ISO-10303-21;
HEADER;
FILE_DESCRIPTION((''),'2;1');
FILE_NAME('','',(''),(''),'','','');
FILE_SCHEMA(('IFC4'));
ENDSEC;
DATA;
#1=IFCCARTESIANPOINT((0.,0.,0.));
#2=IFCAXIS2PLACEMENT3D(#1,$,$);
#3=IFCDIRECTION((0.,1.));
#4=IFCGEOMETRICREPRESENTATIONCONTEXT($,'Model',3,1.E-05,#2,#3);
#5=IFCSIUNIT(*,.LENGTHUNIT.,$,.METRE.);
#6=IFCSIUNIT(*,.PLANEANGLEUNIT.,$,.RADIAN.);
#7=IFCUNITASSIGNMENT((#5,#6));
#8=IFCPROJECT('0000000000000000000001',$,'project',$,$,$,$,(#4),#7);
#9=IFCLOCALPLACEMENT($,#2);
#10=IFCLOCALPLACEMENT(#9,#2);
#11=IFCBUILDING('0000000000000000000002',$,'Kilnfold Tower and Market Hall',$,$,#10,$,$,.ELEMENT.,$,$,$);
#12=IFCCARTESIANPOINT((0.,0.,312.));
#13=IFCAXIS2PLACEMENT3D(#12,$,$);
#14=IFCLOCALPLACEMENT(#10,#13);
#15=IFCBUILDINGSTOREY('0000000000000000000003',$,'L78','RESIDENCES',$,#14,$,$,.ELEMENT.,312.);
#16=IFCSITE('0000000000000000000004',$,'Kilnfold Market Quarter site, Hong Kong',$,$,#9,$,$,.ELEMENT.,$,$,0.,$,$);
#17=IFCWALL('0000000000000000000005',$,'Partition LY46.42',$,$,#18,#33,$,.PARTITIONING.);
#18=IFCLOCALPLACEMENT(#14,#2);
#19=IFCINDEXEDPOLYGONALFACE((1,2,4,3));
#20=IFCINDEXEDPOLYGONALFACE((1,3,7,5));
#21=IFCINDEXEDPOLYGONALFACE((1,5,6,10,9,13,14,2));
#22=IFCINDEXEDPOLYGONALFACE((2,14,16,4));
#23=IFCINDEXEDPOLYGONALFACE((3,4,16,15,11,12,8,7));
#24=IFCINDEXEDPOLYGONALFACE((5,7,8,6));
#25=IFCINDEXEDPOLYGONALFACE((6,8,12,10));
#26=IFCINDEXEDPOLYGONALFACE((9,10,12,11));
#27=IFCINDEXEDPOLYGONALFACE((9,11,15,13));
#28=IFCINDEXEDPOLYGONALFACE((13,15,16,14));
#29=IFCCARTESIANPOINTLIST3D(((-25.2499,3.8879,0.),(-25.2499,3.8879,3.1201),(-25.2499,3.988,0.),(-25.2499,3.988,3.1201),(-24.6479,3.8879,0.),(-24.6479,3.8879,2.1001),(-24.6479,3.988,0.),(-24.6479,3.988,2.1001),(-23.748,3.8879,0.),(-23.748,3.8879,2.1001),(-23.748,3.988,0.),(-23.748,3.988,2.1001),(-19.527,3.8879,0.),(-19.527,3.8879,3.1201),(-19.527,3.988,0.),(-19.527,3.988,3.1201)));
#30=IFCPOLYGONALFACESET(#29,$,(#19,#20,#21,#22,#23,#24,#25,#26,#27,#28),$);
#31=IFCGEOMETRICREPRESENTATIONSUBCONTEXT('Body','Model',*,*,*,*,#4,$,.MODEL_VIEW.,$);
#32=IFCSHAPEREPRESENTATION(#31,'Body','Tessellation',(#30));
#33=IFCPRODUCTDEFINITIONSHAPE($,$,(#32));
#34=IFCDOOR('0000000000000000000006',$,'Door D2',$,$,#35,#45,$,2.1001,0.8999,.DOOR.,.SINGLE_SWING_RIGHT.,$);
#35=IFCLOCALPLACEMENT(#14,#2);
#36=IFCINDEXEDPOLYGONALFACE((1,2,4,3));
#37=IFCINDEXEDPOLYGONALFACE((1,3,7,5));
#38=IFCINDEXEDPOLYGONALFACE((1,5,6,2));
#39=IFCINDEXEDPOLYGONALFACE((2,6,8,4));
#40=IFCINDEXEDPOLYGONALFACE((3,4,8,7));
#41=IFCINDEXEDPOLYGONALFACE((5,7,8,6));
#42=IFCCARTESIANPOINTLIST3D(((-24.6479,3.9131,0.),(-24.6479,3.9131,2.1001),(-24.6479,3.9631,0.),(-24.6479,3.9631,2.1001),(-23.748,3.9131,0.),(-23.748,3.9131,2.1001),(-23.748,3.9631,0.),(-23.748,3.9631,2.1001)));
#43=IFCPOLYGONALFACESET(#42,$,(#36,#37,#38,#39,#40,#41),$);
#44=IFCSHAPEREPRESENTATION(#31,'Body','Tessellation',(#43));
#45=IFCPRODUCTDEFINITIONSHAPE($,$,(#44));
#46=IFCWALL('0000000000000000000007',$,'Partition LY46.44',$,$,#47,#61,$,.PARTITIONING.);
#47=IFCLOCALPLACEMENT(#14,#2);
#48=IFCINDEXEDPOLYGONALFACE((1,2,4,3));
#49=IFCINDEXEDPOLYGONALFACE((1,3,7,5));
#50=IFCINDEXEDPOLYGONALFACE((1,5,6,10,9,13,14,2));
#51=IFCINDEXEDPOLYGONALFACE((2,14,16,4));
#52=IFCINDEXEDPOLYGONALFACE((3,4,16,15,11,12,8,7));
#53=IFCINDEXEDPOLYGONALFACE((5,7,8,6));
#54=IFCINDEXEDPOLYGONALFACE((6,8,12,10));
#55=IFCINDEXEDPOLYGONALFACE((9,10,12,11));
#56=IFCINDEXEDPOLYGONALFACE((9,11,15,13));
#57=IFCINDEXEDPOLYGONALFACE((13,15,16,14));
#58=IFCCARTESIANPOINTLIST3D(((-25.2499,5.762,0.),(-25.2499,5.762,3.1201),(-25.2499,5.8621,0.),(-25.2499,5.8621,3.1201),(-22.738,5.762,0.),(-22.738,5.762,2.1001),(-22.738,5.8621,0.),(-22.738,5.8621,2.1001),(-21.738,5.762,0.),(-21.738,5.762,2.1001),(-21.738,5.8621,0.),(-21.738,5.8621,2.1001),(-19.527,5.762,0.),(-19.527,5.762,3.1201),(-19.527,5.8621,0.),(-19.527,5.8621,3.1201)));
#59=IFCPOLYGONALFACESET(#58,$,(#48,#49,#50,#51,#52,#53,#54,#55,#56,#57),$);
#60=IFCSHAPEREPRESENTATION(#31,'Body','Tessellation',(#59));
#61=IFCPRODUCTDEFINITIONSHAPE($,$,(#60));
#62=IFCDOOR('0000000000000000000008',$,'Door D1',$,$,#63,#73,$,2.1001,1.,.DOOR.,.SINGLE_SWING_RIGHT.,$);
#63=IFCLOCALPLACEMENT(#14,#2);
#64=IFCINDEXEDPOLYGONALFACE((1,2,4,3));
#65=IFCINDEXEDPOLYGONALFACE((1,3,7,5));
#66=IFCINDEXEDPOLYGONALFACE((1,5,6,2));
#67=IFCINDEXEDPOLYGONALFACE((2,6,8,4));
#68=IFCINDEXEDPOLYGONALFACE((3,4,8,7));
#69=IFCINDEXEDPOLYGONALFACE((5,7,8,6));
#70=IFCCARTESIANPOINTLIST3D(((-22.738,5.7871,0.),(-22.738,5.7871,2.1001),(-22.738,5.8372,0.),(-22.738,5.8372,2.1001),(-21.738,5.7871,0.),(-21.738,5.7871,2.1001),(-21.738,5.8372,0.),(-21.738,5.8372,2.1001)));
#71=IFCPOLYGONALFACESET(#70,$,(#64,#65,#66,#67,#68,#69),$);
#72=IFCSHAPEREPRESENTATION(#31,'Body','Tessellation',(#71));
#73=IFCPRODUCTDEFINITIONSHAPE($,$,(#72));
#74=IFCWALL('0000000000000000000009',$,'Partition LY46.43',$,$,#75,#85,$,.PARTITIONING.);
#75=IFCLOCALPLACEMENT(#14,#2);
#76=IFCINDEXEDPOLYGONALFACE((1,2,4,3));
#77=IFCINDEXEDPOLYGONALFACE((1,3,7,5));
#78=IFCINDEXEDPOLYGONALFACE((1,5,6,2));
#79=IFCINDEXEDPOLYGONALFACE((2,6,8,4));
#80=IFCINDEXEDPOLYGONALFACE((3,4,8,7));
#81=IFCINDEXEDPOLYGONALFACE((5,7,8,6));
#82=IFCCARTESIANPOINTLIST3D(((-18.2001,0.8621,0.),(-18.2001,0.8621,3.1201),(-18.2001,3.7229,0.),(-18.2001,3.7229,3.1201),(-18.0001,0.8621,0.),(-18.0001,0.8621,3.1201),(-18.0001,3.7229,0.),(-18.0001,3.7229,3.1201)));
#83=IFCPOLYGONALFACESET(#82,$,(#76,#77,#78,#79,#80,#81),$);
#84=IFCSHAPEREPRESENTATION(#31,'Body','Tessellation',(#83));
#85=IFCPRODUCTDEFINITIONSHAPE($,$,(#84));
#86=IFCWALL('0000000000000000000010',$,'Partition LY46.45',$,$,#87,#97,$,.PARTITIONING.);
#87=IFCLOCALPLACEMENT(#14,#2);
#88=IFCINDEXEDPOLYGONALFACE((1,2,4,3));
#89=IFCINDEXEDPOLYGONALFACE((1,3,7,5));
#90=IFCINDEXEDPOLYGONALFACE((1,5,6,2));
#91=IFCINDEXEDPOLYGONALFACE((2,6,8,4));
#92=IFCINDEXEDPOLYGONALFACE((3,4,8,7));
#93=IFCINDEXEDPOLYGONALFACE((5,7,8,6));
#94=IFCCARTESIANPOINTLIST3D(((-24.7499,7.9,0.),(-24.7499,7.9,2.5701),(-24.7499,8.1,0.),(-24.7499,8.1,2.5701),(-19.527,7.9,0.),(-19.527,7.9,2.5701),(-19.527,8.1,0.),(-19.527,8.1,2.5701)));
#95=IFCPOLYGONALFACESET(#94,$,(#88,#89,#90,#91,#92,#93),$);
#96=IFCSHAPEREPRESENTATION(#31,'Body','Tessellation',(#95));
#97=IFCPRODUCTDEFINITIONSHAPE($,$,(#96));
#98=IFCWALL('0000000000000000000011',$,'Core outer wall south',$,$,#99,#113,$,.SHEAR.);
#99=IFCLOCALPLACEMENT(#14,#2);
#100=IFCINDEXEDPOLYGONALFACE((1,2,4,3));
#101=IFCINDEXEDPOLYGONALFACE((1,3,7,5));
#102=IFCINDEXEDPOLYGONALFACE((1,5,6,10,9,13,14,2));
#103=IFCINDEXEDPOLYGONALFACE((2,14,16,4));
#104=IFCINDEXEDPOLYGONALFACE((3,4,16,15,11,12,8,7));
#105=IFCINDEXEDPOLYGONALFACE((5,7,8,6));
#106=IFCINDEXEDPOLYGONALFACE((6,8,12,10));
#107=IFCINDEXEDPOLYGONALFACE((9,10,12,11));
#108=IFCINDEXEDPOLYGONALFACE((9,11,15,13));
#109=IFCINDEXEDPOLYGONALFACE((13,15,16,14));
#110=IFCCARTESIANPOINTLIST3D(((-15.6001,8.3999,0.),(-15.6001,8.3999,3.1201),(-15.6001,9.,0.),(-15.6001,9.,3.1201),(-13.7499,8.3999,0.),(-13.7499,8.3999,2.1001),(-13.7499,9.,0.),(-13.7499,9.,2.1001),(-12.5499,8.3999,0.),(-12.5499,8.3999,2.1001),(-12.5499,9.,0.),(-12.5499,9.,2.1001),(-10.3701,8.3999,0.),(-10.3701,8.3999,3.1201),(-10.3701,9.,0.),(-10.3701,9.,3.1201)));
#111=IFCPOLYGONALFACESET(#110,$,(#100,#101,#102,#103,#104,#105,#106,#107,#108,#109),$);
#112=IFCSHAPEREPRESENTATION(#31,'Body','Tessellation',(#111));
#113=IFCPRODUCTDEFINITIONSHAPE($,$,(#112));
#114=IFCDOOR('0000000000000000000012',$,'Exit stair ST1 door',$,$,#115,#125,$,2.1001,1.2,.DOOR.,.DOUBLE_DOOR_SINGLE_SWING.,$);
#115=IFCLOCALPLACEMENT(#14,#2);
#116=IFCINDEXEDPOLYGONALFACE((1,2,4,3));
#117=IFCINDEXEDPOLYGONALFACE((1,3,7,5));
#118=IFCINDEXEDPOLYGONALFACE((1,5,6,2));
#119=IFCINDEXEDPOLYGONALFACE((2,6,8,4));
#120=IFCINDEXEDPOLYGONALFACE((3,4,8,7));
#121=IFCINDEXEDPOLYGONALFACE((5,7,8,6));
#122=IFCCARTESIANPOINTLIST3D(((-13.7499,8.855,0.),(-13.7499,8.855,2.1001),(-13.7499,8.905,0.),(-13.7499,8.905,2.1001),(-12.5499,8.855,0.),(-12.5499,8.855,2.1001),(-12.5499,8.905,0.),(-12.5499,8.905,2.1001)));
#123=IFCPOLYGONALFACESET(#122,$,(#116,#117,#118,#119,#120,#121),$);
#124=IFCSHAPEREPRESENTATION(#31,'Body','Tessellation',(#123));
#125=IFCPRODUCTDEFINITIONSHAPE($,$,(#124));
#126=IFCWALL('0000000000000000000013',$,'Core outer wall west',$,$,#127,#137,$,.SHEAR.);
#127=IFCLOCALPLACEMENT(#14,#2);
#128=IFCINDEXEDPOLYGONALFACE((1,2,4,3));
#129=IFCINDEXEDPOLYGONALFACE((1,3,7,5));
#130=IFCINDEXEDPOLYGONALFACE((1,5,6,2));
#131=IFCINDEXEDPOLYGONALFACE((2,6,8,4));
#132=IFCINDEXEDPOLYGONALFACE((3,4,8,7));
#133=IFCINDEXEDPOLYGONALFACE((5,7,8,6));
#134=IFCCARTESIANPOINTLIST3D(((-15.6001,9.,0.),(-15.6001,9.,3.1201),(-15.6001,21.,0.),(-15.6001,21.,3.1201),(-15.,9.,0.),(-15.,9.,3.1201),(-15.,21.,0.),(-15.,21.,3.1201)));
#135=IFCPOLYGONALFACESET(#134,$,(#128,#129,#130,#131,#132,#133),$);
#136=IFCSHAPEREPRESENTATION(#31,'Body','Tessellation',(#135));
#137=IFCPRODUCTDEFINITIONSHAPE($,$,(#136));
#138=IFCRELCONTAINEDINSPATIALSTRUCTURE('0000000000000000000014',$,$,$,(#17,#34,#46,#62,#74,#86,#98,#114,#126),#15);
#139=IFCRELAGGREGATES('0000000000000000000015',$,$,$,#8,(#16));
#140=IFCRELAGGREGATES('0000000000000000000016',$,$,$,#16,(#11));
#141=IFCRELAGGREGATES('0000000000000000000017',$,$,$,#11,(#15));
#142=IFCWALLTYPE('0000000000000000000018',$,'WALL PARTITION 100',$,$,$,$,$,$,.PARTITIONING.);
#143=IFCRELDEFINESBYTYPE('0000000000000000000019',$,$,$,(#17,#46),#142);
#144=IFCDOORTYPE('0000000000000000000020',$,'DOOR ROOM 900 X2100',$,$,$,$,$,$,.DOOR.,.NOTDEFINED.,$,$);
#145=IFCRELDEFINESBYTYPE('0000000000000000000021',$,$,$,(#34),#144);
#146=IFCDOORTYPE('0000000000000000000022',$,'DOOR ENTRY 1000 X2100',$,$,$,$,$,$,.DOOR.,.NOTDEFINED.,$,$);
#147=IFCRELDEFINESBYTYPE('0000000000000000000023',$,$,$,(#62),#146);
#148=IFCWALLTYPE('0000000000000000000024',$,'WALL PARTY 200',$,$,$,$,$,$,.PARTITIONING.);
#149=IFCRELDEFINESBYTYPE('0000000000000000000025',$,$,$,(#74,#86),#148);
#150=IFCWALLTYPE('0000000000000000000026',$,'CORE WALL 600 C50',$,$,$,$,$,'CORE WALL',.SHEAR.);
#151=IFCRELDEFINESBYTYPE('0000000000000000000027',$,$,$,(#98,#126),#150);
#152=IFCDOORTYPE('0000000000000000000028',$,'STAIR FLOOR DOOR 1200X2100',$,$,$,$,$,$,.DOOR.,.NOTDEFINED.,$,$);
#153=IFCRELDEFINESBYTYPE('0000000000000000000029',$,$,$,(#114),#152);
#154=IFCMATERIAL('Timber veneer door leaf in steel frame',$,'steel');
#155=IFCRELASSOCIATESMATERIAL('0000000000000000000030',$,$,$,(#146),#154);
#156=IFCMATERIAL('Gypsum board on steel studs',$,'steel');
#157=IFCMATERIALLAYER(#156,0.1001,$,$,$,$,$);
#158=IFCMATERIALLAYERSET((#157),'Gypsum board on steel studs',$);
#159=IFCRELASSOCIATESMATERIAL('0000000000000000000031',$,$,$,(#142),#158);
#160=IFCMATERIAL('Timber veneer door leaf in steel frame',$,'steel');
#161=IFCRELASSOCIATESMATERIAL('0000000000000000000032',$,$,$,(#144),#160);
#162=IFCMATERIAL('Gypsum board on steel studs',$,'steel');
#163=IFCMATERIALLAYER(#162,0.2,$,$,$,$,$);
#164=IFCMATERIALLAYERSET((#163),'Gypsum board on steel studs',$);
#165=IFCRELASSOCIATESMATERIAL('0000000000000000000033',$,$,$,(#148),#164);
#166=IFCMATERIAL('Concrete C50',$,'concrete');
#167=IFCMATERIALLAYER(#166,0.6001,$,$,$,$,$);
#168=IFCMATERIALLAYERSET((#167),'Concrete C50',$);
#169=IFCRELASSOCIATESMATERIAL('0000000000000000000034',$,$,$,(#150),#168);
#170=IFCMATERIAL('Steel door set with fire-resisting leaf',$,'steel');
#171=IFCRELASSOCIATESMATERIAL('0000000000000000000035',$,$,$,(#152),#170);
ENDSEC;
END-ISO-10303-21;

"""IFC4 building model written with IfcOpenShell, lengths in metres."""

from ifc_helpers import new_model, si_unit, direction, frame, frame_2d, origin, place, context, subcontext, project, spatial, rectangle, extrude, source, transform, mapped, material, layer, layer_set, type_object, element, fill, save


model = new_model("IFC4")

# Units and contexts
model_context = context("Model", 3, precision=1e-05, world=origin(), true_north=direction((0.0, 1.0)))
body_context = subcontext(model_context, "Body", "Model", "MODEL_VIEW")
ifc_project = project(units=[si_unit("LENGTHUNIT", "METRE"), si_unit("PLANEANGLEUNIT", "RADIAN")], contexts=[model_context])

# Site, building, storey
site_placement = place(None, origin())
site = spatial("IfcSite", under=ifc_project, at=site_placement, Name="Kilnfold Market Quarter site, Hong Kong", CompositionType="ELEMENT", RefElevation=0.0)
building_placement = place(site_placement, origin())
building = spatial("IfcBuilding", under=site, at=building_placement, Name="Kilnfold Tower and Market Hall", CompositionType="ELEMENT")
storey_placement = place(building_placement, frame((0.0, 0.0, 312.0)))
storey = spatial("IfcBuildingStorey", under=building, at=storey_placement, Name="L78", Description="RESIDENCES", CompositionType="ELEMENT", Elevation=312.0)

# Shared definitions
ifc_material_1 = material(Name="Timber veneer door leaf in steel frame", Category="steel")
door_type_1 = type_object("IfcDoorType", Name="DOOR ENTRY 1000 X2100", OperationType="NOTDEFINED", PredefinedType="DOOR", material=ifc_material_1)

# Walls, openings, doors
ifc_material_2 = material(Name="Gypsum board on steel studs", Category="steel")
ifc_layer_1 = layer(ifc_material_2, 0.1001)
ifc_layer_set_1 = layer_set([ifc_layer_1], Name="Gypsum board on steel studs")
wall_type_1 = type_object("IfcWallType", Name="WALL PARTITION 100", PredefinedType="PARTITIONING", material=ifc_layer_set_1)
ifc_material_3 = material(Name="Timber veneer door leaf in steel frame", Category="steel")
door_type_2 = type_object("IfcDoorType", Name="DOOR ROOM 900 X2100", OperationType="NOTDEFINED", PredefinedType="DOOR", material=ifc_material_3)
wall_1_placement = place(storey_placement, frame((-19.5271, 3.938, 0.0), z_axis=(0.0, 0.0, 1.0), x_axis=(-1.0, 0.0, 0.0)))
wall_1 = element("IfcWall", 1, at=wall_1_placement, inside=storey, type_object=wall_type_1, Name="Partition LY46.42", PredefinedType="PARTITIONING", context=body_context, shape_type="SweptSolid", body=[
    extrude(rectangle(XDim=5.7229, YDim=0.1001, at=frame_2d((2.8613, 0.0))), origin(), (0.0, 0.0, 1.0), 3.1201),
])
opening_1_placement = place(wall_1_placement, frame((4.2209, 0.0, 0.0)))
opening_1 = element("IfcOpeningElement", 2, at=opening_1_placement, cuts=wall_1, PredefinedType="OPENING", context=body_context, shape_type="SweptSolid", body=[
    extrude(rectangle(XDim=0.8999, YDim=2.1001, at=frame_2d((0.45, 1.05))), frame((0.0, 0.0601, 0.0), z_axis=(0.0, -1.0, 0.0), x_axis=(1.0, 0.0, 0.0)), (0.0, 0.0, 1.0), 0.1201),
])
door_1_placement = place(opening_1_placement, origin())
door_1 = element("IfcDoor", 3, at=door_1_placement, inside=storey, type_object=door_type_2, Name="Door D2", OperationType="SINGLE_SWING_RIGHT", OverallHeight=2.1001, OverallWidth=0.8999, PredefinedType="DOOR", context=body_context, shape_type="SweptSolid", body=[
    extrude(rectangle(XDim=0.8999, YDim=2.1001, at=frame_2d((0.45, 1.05))), frame((0.0, 0.0249, 0.0), z_axis=(0.0, -1.0, 0.0), x_axis=(1.0, 0.0, 0.0)), (0.0, 0.0, 1.0), 0.05),
])
fill(opening_1, door_1)
wall_2_placement = place(storey_placement, frame((-19.5271, 5.812, 0.0), z_axis=(0.0, 0.0, 1.0), x_axis=(-1.0, 0.0, 0.0)))
wall_2 = element("IfcWall", 4, at=wall_2_placement, inside=storey, type_object=wall_type_1, Name="Partition LY46.44", PredefinedType="PARTITIONING", context=body_context, shape_type="SweptSolid", body=[
    extrude(rectangle(XDim=5.7229, YDim=0.1001, at=frame_2d((2.8613, 0.0))), origin(), (0.0, 0.0, 1.0), 3.1201),
])
opening_2_placement = place(wall_2_placement, frame((2.2109, 0.0, 0.0)))
opening_2 = element("IfcOpeningElement", 5, at=opening_2_placement, cuts=wall_2, PredefinedType="OPENING", context=body_context, shape_type="SweptSolid", body=[
    extrude(rectangle(XDim=1.0, YDim=2.1001, at=frame_2d((0.5, 1.05))), frame((0.0, 0.0601, 0.0), z_axis=(0.0, -1.0, 0.0), x_axis=(1.0, 0.0, 0.0)), (0.0, 0.0, 1.0), 0.1201),
])
door_2_placement = place(opening_2_placement, origin())
door_2 = element("IfcDoor", 6, at=door_2_placement, inside=storey, type_object=door_type_1, Name="Door D1", OperationType="SINGLE_SWING_RIGHT", OverallHeight=2.1001, OverallWidth=1.0, PredefinedType="DOOR", context=body_context, shape_type="SweptSolid", body=[
    extrude(rectangle(XDim=1.0, YDim=2.1001, at=frame_2d((0.5, 1.05))), frame((0.0, 0.0249, 0.0), z_axis=(0.0, -1.0, 0.0), x_axis=(1.0, 0.0, 0.0)), (0.0, 0.0, 1.0), 0.05),
])
fill(opening_2, door_2)

# Walls
ifc_material_4 = material(Name="Gypsum board on steel studs", Category="steel")
ifc_layer_2 = layer(ifc_material_4, 0.2)
ifc_layer_set_2 = layer_set([ifc_layer_2], Name="Gypsum board on steel studs")
wall_type_2 = type_object("IfcWallType", Name="WALL PARTY 200", PredefinedType="PARTITIONING", material=ifc_layer_set_2)
wall_3_placement = place(storey_placement, frame((-18.1001, 0.8621, 0.0), z_axis=(0.0, 0.0, 1.0), x_axis=(0.0, 1.0, 0.0)))
element("IfcWall", 7, at=wall_3_placement, inside=storey, type_object=wall_type_2, Name="Partition LY46.43", PredefinedType="PARTITIONING", context=body_context, shape_type="SweptSolid", body=[
    extrude(rectangle(XDim=2.8608, YDim=0.2, at=frame_2d((1.4304, 0.0))), origin(), (0.0, 0.0, 1.0), 3.1201),
])
wall_4_placement = place(storey_placement, frame((-19.5271, 8.0, 0.0), z_axis=(0.0, 0.0, 1.0), x_axis=(-1.0, 0.0, 0.0)))
element("IfcWall", 8, at=wall_4_placement, inside=storey, type_object=wall_type_2, Name="Partition LY46.45", PredefinedType="PARTITIONING", context=body_context, shape_type="SweptSolid", body=[
    extrude(rectangle(XDim=5.2229, YDim=0.2, at=frame_2d((2.6113, 0.0))), origin(), (0.0, 0.0, 1.0), 2.5701),
])

# Wall, opening, door
ifc_material_5 = material(Name="Concrete C50", Category="concrete")
ifc_layer_3 = layer(ifc_material_5, 0.6001)
ifc_layer_set_3 = layer_set([ifc_layer_3], Name="Concrete C50")
wall_type_3 = type_object("IfcWallType", Name="CORE WALL 600 C50", ElementType="CORE WALL", PredefinedType="SHEAR", material=ifc_layer_set_3)
shared_shape_1 = source(origin(), body_context, "Body", "SweptSolid", [
    extrude(rectangle(XDim=5.23, YDim=0.6001, at=frame_2d((2.615, 0.0))), origin(), (0.0, 0.0, 1.0), 3.1201),
])
wall_5_placement = place(storey_placement, frame((-15.6001, 8.7, 0.0), z_axis=(0.0, 0.0, 1.0), x_axis=(1.0, 0.0, 0.0)))
wall_5 = element("IfcWall", 9, at=wall_5_placement, inside=storey, type_object=wall_type_3, Name="Core outer wall south", PredefinedType="SHEAR", context=body_context, shape_type="MappedRepresentation", body=[
    mapped(shared_shape_1, transform((0.0, 0.0, 0.0))),
])
opening_3_placement = place(wall_5_placement, frame((1.8501, 0.0, 0.0)))
opening_3 = element("IfcOpeningElement", 10, at=opening_3_placement, cuts=wall_5, PredefinedType="OPENING", context=body_context, shape_type="SweptSolid", body=[
    extrude(rectangle(XDim=1.2, YDim=2.1001, at=frame_2d((0.6001, 1.05))), frame((0.0, 0.3101, 0.0), z_axis=(0.0, -1.0, 0.0), x_axis=(1.0, 0.0, 0.0)), (0.0, 0.0, 1.0), 0.6201),
])
ifc_material_6 = material(Name="Steel door set with fire-resisting leaf", Category="steel")
door_type_3 = type_object("IfcDoorType", Name="STAIR FLOOR DOOR 1200X2100", OperationType="NOTDEFINED", PredefinedType="DOOR", material=ifc_material_6)
door_3_placement = place(opening_3_placement, origin())
door_3 = element("IfcDoor", 11, at=door_3_placement, inside=storey, type_object=door_type_3, Name="Exit stair ST1 door", OperationType="DOUBLE_DOOR_SINGLE_SWING", OverallHeight=2.1001, OverallWidth=1.2, PredefinedType="DOOR", context=body_context, shape_type="SweptSolid", body=[
    extrude(rectangle(XDim=1.2, YDim=2.1001, at=frame_2d((0.6001, 1.05))), frame((0.0, 0.2051, 0.0), z_axis=(0.0, -1.0, 0.0), x_axis=(1.0, 0.0, 0.0)), (0.0, 0.0, 1.0), 0.05),
])
fill(opening_3, door_3)

# Wall
shared_shape_2 = source(origin(), body_context, "Body", "SweptSolid", [
    extrude(rectangle(XDim=12.0, YDim=0.6001, at=frame_2d((6.0, 0.0))), origin(), (0.0, 0.0, 1.0), 3.1201),
])
wall_6_placement = place(storey_placement, frame((-15.3, 9.0, 0.0), z_axis=(0.0, 0.0, 1.0), x_axis=(0.0, 1.0, 0.0)))
element("IfcWall", 12, at=wall_6_placement, inside=storey, type_object=wall_type_3, Name="Core outer wall west", PredefinedType="SHEAR", context=body_context, shape_type="MappedRepresentation", body=[
    mapped(shared_shape_2, transform((0.0, 0.0, 0.0))),
])

save(model, "model.ifc")
